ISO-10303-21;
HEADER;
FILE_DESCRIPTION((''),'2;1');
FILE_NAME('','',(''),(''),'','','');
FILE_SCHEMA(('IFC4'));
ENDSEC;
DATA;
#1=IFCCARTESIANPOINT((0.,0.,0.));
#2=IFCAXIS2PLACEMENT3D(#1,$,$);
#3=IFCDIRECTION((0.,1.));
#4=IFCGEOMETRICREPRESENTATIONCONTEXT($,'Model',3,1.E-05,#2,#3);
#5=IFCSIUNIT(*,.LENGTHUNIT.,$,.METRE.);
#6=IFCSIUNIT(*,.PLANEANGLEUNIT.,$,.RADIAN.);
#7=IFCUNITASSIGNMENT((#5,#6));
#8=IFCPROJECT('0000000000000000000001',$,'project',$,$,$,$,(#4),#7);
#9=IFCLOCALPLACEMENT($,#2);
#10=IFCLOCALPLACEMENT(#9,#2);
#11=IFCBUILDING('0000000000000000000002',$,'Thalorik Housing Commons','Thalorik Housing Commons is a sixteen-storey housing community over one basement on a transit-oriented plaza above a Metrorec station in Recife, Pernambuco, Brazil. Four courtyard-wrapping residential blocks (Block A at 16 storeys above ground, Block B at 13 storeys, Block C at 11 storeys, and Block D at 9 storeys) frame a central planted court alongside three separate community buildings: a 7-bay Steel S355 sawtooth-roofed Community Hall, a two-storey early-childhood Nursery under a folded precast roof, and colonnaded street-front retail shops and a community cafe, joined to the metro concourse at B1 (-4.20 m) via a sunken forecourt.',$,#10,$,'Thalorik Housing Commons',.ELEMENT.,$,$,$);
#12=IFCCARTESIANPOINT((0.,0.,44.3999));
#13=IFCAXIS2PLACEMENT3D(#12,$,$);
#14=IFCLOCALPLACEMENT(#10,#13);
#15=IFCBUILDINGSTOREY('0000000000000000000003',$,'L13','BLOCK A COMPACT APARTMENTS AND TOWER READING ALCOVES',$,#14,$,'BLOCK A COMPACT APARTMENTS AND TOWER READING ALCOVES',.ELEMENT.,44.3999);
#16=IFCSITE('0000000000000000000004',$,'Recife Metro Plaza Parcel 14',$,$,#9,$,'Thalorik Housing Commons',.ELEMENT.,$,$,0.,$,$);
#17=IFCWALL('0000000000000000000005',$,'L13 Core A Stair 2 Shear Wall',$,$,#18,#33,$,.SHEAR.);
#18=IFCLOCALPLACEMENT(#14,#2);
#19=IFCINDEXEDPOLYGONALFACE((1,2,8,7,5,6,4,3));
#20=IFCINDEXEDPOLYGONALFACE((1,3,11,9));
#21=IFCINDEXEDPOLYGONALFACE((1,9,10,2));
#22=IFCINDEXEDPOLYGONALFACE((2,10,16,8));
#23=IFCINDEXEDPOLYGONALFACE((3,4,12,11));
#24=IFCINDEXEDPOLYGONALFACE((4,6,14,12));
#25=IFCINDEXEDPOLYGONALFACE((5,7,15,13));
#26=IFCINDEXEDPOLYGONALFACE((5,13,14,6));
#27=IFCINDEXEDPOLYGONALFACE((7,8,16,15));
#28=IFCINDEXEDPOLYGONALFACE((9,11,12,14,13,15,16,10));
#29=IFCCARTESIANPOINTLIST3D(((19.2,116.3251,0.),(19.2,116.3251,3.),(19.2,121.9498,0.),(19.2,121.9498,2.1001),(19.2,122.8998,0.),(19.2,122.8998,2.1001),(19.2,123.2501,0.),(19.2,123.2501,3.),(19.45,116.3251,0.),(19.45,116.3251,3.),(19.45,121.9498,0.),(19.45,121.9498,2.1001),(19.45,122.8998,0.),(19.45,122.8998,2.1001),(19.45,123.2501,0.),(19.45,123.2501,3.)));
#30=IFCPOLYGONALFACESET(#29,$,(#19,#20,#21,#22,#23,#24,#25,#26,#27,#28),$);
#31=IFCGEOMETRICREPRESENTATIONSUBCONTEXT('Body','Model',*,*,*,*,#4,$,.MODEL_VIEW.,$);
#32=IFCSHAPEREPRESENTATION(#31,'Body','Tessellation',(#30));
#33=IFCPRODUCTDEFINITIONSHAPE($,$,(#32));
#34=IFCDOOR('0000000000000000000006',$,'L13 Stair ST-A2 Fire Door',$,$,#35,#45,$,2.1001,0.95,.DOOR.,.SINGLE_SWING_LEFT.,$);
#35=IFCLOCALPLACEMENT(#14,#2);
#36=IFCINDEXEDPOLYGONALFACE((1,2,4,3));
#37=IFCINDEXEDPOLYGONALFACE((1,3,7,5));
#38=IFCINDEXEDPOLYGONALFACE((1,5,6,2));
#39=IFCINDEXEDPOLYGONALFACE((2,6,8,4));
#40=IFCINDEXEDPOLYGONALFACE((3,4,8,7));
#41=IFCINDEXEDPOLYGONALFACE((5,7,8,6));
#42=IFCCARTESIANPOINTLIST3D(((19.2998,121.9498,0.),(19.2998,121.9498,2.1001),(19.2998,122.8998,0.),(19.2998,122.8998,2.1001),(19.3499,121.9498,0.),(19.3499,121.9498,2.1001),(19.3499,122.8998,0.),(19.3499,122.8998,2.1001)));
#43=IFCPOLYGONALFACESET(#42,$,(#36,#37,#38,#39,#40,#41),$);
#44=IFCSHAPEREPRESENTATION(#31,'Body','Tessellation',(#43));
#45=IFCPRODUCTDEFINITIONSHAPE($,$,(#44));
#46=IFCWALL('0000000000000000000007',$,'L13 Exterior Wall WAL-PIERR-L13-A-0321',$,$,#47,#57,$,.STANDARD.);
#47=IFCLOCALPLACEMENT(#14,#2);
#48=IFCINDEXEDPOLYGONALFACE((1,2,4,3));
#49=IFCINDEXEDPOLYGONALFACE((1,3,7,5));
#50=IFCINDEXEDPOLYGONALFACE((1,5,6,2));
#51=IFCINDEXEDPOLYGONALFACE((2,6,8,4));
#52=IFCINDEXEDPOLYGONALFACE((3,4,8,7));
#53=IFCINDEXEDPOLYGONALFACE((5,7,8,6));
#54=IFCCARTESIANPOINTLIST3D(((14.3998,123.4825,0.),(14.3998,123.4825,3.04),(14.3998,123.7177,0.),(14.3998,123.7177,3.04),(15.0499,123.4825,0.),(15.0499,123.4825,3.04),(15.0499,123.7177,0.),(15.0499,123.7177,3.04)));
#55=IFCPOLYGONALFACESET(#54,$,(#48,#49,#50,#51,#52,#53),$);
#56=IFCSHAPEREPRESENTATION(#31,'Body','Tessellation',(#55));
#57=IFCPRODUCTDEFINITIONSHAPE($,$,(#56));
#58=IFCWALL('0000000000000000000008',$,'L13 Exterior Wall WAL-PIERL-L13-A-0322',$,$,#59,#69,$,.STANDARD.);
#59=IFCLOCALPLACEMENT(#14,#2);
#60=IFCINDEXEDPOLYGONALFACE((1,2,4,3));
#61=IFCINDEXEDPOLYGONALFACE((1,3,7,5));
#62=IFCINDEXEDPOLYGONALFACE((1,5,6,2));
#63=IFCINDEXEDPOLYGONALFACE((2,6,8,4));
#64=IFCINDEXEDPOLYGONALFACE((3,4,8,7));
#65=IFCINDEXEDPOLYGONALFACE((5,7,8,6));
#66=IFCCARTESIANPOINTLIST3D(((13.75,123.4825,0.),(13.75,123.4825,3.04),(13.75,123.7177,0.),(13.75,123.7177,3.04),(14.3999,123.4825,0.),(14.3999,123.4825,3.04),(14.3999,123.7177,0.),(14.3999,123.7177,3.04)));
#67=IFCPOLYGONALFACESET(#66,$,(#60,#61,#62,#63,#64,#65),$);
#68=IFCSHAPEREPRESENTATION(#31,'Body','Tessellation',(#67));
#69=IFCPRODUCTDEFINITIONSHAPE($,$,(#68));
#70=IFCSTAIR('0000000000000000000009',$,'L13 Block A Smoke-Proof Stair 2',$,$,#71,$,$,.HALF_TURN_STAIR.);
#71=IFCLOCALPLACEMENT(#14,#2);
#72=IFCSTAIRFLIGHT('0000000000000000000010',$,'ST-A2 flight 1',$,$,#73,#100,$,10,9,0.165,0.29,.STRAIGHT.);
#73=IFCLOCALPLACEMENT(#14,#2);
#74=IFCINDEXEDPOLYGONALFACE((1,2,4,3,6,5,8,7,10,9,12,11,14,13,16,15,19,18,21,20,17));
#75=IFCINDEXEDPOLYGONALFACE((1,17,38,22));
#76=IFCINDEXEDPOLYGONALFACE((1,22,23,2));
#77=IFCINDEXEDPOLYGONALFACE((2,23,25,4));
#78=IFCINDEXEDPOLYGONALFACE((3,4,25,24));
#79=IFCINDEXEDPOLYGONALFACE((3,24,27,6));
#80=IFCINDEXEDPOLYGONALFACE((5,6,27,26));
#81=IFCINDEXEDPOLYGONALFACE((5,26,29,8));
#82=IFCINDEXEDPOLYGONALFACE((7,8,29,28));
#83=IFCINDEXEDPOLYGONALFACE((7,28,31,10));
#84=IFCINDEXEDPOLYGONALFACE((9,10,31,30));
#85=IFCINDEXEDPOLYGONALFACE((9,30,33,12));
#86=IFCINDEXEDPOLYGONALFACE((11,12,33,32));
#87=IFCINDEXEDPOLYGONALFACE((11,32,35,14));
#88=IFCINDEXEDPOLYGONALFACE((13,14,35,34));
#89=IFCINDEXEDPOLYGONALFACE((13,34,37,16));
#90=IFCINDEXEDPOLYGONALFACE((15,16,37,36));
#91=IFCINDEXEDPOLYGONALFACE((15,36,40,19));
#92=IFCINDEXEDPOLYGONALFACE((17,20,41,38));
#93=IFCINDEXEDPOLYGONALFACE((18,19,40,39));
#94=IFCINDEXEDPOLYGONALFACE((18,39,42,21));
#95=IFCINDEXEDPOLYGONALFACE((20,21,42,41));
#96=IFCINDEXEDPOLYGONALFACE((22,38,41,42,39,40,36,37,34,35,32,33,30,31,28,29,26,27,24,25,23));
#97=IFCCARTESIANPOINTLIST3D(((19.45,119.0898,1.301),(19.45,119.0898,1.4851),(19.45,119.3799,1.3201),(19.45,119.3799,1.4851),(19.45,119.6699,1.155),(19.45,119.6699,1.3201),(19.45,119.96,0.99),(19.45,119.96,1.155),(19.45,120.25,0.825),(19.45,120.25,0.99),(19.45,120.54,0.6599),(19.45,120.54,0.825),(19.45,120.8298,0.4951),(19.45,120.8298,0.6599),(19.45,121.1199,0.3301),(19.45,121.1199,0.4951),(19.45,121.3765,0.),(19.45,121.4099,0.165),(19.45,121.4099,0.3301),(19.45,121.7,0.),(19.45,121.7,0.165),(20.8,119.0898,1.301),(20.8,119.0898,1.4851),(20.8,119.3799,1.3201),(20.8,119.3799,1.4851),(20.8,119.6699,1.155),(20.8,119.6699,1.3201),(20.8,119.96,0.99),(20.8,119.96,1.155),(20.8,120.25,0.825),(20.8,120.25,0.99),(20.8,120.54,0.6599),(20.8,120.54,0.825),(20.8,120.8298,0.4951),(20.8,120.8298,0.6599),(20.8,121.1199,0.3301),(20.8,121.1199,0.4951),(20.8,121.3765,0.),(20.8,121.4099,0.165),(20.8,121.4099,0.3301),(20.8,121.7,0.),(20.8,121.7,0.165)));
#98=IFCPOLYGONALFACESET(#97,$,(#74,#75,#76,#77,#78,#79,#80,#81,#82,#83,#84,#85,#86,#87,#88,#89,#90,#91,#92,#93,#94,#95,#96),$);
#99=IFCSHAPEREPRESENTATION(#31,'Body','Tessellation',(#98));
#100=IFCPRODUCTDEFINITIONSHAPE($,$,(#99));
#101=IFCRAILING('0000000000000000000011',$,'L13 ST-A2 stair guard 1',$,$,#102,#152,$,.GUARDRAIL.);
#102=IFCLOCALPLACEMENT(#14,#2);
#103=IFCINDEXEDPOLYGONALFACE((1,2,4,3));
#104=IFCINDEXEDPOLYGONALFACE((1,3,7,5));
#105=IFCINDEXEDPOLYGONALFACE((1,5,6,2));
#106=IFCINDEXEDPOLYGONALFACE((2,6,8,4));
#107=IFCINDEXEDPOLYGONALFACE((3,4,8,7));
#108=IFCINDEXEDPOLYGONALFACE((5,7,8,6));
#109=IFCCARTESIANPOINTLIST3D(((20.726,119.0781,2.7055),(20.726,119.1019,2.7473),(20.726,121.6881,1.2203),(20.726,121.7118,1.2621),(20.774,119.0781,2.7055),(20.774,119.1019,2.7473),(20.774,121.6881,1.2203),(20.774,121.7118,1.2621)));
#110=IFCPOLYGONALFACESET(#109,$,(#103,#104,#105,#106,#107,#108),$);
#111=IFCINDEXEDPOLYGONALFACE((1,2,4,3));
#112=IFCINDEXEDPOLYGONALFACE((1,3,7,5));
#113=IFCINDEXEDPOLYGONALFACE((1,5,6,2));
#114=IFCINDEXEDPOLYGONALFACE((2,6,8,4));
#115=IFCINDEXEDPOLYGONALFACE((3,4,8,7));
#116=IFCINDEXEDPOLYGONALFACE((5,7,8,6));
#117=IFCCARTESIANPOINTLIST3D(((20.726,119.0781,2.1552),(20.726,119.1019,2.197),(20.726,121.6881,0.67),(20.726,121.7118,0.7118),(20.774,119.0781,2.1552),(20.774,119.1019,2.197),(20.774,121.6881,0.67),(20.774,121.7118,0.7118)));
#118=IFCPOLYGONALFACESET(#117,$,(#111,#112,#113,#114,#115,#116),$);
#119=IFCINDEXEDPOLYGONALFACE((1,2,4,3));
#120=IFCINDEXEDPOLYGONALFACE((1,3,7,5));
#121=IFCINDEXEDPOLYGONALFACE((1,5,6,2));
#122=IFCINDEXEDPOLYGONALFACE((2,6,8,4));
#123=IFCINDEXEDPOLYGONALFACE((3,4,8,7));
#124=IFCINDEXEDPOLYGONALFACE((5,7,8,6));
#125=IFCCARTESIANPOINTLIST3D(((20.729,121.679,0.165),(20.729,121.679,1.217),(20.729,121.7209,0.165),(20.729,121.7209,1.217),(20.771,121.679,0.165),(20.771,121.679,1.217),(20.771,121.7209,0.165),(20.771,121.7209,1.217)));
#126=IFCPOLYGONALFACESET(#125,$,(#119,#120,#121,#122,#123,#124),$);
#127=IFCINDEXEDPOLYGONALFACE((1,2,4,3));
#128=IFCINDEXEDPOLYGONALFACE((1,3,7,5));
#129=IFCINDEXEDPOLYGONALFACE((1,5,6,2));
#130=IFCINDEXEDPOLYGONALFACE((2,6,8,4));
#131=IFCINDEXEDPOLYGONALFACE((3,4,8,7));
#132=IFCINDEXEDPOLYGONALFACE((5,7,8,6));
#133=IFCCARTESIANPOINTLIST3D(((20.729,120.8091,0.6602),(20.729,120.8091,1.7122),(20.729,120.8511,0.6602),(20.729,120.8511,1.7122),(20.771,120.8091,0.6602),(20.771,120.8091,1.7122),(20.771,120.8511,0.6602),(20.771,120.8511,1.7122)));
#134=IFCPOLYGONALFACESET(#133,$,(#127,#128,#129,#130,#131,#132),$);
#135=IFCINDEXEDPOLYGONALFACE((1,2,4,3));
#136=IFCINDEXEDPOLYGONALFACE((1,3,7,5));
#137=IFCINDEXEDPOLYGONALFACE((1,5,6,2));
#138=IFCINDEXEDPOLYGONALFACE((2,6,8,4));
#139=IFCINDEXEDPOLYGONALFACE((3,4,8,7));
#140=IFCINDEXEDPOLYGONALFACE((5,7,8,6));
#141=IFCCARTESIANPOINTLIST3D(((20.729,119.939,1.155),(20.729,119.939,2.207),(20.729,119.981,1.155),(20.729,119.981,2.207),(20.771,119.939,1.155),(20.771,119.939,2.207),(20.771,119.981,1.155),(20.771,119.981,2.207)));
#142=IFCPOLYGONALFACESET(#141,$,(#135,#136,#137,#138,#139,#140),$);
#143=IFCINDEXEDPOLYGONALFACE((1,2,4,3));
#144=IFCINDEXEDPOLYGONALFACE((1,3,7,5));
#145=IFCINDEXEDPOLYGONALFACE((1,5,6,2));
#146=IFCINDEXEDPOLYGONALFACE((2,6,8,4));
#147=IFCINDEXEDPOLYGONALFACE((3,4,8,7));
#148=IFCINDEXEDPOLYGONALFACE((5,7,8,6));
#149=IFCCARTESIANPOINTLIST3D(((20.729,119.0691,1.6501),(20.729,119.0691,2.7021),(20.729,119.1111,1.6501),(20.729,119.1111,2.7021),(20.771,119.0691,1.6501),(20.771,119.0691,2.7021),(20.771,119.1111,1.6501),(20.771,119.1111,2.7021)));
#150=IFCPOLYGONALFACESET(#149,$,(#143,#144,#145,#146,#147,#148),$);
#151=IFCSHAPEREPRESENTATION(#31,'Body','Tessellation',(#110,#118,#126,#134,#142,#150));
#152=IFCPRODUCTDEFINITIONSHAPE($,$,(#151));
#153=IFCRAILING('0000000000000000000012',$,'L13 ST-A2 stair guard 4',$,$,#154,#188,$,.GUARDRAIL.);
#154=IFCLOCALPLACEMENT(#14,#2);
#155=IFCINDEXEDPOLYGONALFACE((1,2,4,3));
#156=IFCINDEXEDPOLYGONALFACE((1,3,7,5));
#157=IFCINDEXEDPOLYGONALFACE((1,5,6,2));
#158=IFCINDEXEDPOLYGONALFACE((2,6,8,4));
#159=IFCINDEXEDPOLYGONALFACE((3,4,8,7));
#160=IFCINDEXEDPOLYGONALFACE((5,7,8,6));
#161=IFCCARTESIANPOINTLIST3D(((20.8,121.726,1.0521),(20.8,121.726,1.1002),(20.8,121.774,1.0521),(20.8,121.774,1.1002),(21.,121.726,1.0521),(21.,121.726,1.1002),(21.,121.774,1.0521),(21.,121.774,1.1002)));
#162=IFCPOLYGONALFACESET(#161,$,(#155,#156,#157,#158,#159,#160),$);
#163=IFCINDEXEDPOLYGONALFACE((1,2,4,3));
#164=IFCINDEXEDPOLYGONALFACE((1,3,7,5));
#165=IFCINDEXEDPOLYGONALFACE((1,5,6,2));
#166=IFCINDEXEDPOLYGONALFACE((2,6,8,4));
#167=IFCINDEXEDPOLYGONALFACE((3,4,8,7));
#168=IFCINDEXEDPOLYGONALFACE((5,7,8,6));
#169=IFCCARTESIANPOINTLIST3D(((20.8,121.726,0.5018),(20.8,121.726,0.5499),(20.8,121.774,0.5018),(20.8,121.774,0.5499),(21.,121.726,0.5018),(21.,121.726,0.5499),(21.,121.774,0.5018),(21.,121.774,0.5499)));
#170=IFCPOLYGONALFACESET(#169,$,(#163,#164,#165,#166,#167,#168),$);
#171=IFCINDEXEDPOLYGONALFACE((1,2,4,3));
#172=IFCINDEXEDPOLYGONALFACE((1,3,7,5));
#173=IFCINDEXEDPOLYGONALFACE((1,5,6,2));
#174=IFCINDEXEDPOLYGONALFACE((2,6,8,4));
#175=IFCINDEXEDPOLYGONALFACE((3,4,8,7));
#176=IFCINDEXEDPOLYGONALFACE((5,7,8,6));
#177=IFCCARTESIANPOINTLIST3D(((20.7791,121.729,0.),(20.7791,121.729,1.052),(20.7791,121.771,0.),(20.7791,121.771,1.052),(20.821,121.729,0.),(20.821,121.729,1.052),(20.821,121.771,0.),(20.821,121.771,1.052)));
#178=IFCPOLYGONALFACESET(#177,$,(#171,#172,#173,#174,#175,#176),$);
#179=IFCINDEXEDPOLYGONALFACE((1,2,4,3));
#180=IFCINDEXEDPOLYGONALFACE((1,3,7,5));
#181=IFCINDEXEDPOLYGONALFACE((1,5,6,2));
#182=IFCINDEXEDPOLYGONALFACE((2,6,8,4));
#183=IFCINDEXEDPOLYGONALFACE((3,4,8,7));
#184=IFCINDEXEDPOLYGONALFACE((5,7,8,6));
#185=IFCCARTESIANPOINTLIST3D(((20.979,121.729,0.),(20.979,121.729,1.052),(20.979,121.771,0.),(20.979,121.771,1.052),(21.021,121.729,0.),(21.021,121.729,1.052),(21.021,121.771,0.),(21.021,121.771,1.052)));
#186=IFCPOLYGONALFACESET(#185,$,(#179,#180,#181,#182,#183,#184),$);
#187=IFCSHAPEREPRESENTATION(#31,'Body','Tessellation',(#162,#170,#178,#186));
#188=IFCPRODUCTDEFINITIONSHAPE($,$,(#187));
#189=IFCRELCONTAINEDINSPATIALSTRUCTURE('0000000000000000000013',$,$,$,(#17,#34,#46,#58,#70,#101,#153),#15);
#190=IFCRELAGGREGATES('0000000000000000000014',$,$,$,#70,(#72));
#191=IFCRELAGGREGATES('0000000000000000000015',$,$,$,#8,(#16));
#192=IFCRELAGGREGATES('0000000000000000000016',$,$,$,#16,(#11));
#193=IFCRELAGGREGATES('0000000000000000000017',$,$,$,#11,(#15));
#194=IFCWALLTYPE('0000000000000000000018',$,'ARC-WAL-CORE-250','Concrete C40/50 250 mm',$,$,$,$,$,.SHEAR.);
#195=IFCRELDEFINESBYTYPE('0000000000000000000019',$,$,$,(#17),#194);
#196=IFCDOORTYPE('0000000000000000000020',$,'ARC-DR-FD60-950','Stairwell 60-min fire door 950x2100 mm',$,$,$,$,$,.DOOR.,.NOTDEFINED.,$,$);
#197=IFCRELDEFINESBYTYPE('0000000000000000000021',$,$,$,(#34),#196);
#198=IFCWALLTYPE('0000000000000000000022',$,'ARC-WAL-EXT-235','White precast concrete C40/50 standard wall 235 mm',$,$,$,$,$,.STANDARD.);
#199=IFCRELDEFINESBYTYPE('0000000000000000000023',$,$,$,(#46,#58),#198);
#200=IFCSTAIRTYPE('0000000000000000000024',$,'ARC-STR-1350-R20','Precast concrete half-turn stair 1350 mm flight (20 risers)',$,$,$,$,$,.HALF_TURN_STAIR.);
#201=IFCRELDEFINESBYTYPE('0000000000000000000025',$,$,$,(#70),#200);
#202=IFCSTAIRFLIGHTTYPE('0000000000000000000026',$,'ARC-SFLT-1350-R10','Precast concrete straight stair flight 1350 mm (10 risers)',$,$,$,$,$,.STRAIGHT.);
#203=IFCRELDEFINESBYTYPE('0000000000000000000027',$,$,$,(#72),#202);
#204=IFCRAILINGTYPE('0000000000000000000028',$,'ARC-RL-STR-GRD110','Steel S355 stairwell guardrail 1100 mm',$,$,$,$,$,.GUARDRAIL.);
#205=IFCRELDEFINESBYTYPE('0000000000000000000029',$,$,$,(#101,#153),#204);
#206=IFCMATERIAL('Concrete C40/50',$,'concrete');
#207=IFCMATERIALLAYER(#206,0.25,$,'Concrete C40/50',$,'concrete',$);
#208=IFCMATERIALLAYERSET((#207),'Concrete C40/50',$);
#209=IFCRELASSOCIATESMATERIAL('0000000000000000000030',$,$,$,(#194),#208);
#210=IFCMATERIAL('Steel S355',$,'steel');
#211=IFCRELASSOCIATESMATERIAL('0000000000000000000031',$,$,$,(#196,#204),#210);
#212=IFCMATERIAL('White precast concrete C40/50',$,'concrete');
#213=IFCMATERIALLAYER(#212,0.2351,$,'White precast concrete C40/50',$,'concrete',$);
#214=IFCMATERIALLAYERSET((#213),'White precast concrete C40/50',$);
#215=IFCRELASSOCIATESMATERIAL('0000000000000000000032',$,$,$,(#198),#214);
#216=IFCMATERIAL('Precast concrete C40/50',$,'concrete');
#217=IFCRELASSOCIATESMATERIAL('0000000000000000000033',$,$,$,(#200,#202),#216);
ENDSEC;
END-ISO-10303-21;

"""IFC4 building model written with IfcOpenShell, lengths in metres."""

from ifc_helpers import new_model, si_unit, direction, frame, frame_2d, origin, origin_2d, place, context, subcontext, project, spatial, polyline, rectangle, outline, extrude, material, layer, layer_set, type_object, element, fill, aggregate, save


model = new_model("IFC4")

# Units and contexts
model_context = context("Model", 3, precision=1e-05, world=origin(), true_north=direction((0.0, 1.0)))
body_context = subcontext(model_context, "Body", "Model", "MODEL_VIEW")
ifc_project = project(units=[si_unit("LENGTHUNIT", "METRE"), si_unit("PLANEANGLEUNIT", "RADIAN")], contexts=[model_context])

# Site, building, storey
site_placement = place(None, origin())
site = spatial("IfcSite", under=ifc_project, at=site_placement, Name="Recife Metro Plaza Parcel 14", LongName="Thalorik Housing Commons", CompositionType="ELEMENT", RefElevation=0.0)
building_placement = place(site_placement, origin())
building = spatial("IfcBuilding", under=site, at=building_placement, Name="Thalorik Housing Commons", Description="Thalorik Housing Commons is a sixteen-storey housing community over one basement on a transit-oriented plaza above a Metrorec station in Recife, Pernambuco, Brazil. Four courtyard-wrapping residential blocks (Block A at 16 storeys above ground, Block B at 13 storeys, Block C at 11 storeys, and Block D at 9 storeys) frame a central planted court alongside three separate community buildings: a 7-bay Steel S355 sawtooth-roofed Community Hall, a two-storey early-childhood Nursery under a folded precast roof, and colonnaded street-front retail shops and a community cafe, joined to the metro concourse at B1 (-4.20 m) via a sunken forecourt.", LongName="Thalorik Housing Commons", CompositionType="ELEMENT")
storey_placement = place(building_placement, frame((0.0, 0.0, 44.3999)))
storey = spatial("IfcBuildingStorey", under=building, at=storey_placement, Name="L13", Description="BLOCK A COMPACT APARTMENTS AND TOWER READING ALCOVES", LongName="BLOCK A COMPACT APARTMENTS AND TOWER READING ALCOVES", CompositionType="ELEMENT", Elevation=44.3999)

# Shared definitions
ifc_material_1 = material(Name="Precast concrete C40/50", Category="concrete")

# Wall, opening, door
ifc_material_2 = material(Name="Concrete C40/50", Category="concrete")
ifc_layer_1 = layer(ifc_material_2, 0.25, Name="Concrete C40/50", Category="concrete")
ifc_layer_set_1 = layer_set([ifc_layer_1], Name="Concrete C40/50")
wall_type_1 = type_object("IfcWallType", Name="ARC-WAL-CORE-250", Description="Concrete C40/50 250 mm", PredefinedType="SHEAR", material=ifc_layer_set_1)
wall_1_placement = place(storey_placement, frame((19.325, 123.25, 0.0), z_axis=(0.0, 0.0, 1.0), x_axis=(0.0, -1.0, 0.0)))
wall_1 = element("IfcWall", 1, at=wall_1_placement, inside=storey, type_object=wall_type_1, Name="L13 Core A Stair 2 Shear Wall", PredefinedType="SHEAR", context=body_context, shape_type="SweptSolid", body=[
    extrude(rectangle(XDim=6.925, YDim=0.25, at=frame_2d((3.4624, 0.0))), origin(), (0.0, 0.0, 1.0), 3.0),
])
opening_placement = place(wall_1_placement, frame((0.3501, 0.0, 0.0)))
opening = element("IfcOpeningElement", 2, at=opening_placement, cuts=wall_1, PredefinedType="OPENING", context=body_context, shape_type="SweptSolid", body=[
    extrude(rectangle(XDim=0.95, YDim=2.1001, at=frame_2d((0.4751, 1.05))), frame((0.0, 0.135, 0.0), z_axis=(0.0, -1.0, 0.0), x_axis=(1.0, 0.0, 0.0)), (0.0, 0.0, 1.0), 0.27),
])
ifc_material_3 = material(Name="Steel S355", Category="steel")
door_type = type_object("IfcDoorType", Name="ARC-DR-FD60-950", Description="Stairwell 60-min fire door 950x2100 mm", OperationType="NOTDEFINED", PredefinedType="DOOR", material=ifc_material_3)
door_placement = place(opening_placement, origin())
door = element("IfcDoor", 3, at=door_placement, inside=storey, type_object=door_type, Name="L13 Stair ST-A2 Fire Door", OperationType="SINGLE_SWING_LEFT", OverallHeight=2.1001, OverallWidth=0.95, PredefinedType="DOOR", context=body_context, shape_type="SweptSolid", body=[
    extrude(rectangle(XDim=0.95, YDim=2.1001, at=frame_2d((0.4751, 1.05))), frame((0.0, 0.0249, 0.0), z_axis=(0.0, -1.0, 0.0), x_axis=(1.0, 0.0, 0.0)), (0.0, 0.0, 1.0), 0.05),
])
fill(opening, door)

# Walls
ifc_material_4 = material(Name="White precast concrete C40/50", Category="concrete")
ifc_layer_2 = layer(ifc_material_4, 0.2351, Name="White precast concrete C40/50", Category="concrete")
ifc_layer_set_2 = layer_set([ifc_layer_2], Name="White precast concrete C40/50")
wall_type_2 = type_object("IfcWallType", Name="ARC-WAL-EXT-235", Description="White precast concrete C40/50 standard wall 235 mm", PredefinedType="STANDARD", material=ifc_layer_set_2)
wall_2_placement = place(storey_placement, frame((15.05, 123.6001, 0.0), z_axis=(0.0, 0.0, 1.0), x_axis=(-1.0, 0.0, 0.0)))
element("IfcWall", 4, at=wall_2_placement, inside=storey, type_object=wall_type_2, Name="L13 Exterior Wall WAL-PIERR-L13-A-0321", PredefinedType="STANDARD", context=body_context, shape_type="SweptSolid", body=[
    extrude(rectangle(XDim=0.6501, YDim=0.2351, at=frame_2d((0.3252, 0.0))), origin(), (0.0, 0.0, 1.0), 3.04),
])
wall_3_placement = place(storey_placement, frame((14.3999, 123.6001, 0.0), z_axis=(0.0, 0.0, 1.0), x_axis=(-1.0, 0.0, 0.0)))
element("IfcWall", 5, at=wall_3_placement, inside=storey, type_object=wall_type_2, Name="L13 Exterior Wall WAL-PIERL-L13-A-0322", PredefinedType="STANDARD", context=body_context, shape_type="SweptSolid", body=[
    extrude(rectangle(XDim=0.6499, YDim=0.2351, at=frame_2d((0.325, 0.0))), origin(), (0.0, 0.0, 1.0), 3.04),
])

# Stair, stair flight
stair_type = type_object("IfcStairType", Name="ARC-STR-1350-R20", Description="Precast concrete half-turn stair 1350 mm flight (20 risers)", PredefinedType="HALF_TURN_STAIR", material=ifc_material_1)
stair_placement = place(storey_placement, origin())
stair = element("IfcStair", 6, at=stair_placement, inside=storey, type_object=stair_type, Name="L13 Block A Smoke-Proof Stair 2", PredefinedType="HALF_TURN_STAIR")
stair_flight_type = type_object("IfcStairFlightType", Name="ARC-SFLT-1350-R10", Description="Precast concrete straight stair flight 1350 mm (10 risers)", PredefinedType="STRAIGHT", material=ifc_material_1)
stair_flight_placement = place(storey_placement, frame((20.125, 121.7, 0.0), z_axis=(0.0, 0.0, 1.0), x_axis=(0.0, -1.0, 0.0)))
stair_flight = element("IfcStairFlight", 7, at=stair_flight_placement, type_object=stair_flight_type, Name="ST-A2 flight 1", NumberOfRisers=10, NumberOfTreads=9, PredefinedType="STRAIGHT", RiserHeight=0.165, TreadLength=0.29, context=body_context, shape_type="SweptSolid", body=[
    extrude(outline(polyline([(0.0, 0.0), (0.0, 0.165), (0.29, 0.165), (0.29, 0.3301), (0.5801, 0.3301), (0.5801, 0.4951), (0.8701, 0.4951), (0.8701, 0.6599), (1.1599, 0.6599), (1.1599, 0.825), (1.45, 0.825), (1.45, 0.99), (1.74, 0.99), (1.74, 1.155), (2.03, 1.155), (2.03, 1.3201), (2.3201, 1.3201), (2.3201, 1.4851), (2.6101, 1.4851), (2.6101, 1.6499), (2.6101, 1.301), (0.3235, 0.0), (0.0, 0.0)])), frame((0.0, 0.675, 0.0), z_axis=(0.0, -1.0, 0.0), x_axis=(1.0, 0.0, 0.0)), (0.0, 0.0, 1.0), 1.3501),
])
aggregate(stair, [stair_flight])

# Railings
railing_type = type_object("IfcRailingType", Name="ARC-RL-STR-GRD110", Description="Steel S355 stairwell guardrail 1100 mm", PredefinedType="GUARDRAIL", material=ifc_material_3)
railing_1_placement = place(storey_placement, frame((20.75, 121.7, 0.165)))
element("IfcRailing", 8, at=railing_1_placement, inside=storey, type_object=railing_type, Name="L13 ST-A2 stair guard 1", PredefinedType="GUARDRAIL", context=body_context, shape_type="SweptSolid", body=[
    extrude(rectangle(XDim=0.0481, YDim=0.0481, at=origin_2d()), frame((0.0, 0.0, 1.0762), z_axis=(0.0, -0.869137, 0.494571), x_axis=(1.0, 0.0, 0.0)), (0.0, 0.0, 1.0), 3.0029),
    extrude(rectangle(XDim=0.0481, YDim=0.0481, at=origin_2d()), frame((0.0, 0.0, 0.5259), z_axis=(0.0, -0.869137, 0.494571), x_axis=(1.0, 0.0, 0.0)), (0.0, 0.0, 1.0), 3.0029),
    extrude(rectangle(XDim=0.042, YDim=0.042, at=origin_2d()), origin(), (0.0, 0.0, 1.0), 1.052),
    extrude(rectangle(XDim=0.042, YDim=0.042, at=origin_2d()), frame((0.0, -0.8699, 0.4951)), (0.0, 0.0, 1.0), 1.052),
    extrude(rectangle(XDim=0.042, YDim=0.042, at=origin_2d()), frame((0.0, -1.74, 0.99)), (0.0, 0.0, 1.0), 1.052),
    extrude(rectangle(XDim=0.042, YDim=0.042, at=origin_2d()), frame((0.0, -2.6099, 1.4851)), (0.0, 0.0, 1.0), 1.052),
])
railing_2_placement = place(storey_placement, frame((20.8, 121.75, 0.0)))
element("IfcRailing", 9, at=railing_2_placement, inside=storey, type_object=railing_type, Name="L13 ST-A2 stair guard 4", PredefinedType="GUARDRAIL", context=body_context, shape_type="SweptSolid", body=[
    extrude(rectangle(XDim=0.0481, YDim=0.0481, at=origin_2d()), frame((0.0, 0.0, 1.0762), z_axis=(1.0, 0.0, 0.0), x_axis=(0.0, 1.0, 0.0)), (0.0, 0.0, 1.0), 0.2),
    extrude(rectangle(XDim=0.0481, YDim=0.0481, at=origin_2d()), frame((0.0, 0.0, 0.5259), z_axis=(1.0, 0.0, 0.0), x_axis=(0.0, 1.0, 0.0)), (0.0, 0.0, 1.0), 0.2),
    extrude(rectangle(XDim=0.042, YDim=0.042, at=origin_2d()), origin(), (0.0, 0.0, 1.0), 1.052),
    extrude(rectangle(XDim=0.042, YDim=0.042, at=origin_2d()), frame((0.2, 0.0, 0.0)), (0.0, 0.0, 1.0), 1.052),
])

save(model, "model.ifc")
